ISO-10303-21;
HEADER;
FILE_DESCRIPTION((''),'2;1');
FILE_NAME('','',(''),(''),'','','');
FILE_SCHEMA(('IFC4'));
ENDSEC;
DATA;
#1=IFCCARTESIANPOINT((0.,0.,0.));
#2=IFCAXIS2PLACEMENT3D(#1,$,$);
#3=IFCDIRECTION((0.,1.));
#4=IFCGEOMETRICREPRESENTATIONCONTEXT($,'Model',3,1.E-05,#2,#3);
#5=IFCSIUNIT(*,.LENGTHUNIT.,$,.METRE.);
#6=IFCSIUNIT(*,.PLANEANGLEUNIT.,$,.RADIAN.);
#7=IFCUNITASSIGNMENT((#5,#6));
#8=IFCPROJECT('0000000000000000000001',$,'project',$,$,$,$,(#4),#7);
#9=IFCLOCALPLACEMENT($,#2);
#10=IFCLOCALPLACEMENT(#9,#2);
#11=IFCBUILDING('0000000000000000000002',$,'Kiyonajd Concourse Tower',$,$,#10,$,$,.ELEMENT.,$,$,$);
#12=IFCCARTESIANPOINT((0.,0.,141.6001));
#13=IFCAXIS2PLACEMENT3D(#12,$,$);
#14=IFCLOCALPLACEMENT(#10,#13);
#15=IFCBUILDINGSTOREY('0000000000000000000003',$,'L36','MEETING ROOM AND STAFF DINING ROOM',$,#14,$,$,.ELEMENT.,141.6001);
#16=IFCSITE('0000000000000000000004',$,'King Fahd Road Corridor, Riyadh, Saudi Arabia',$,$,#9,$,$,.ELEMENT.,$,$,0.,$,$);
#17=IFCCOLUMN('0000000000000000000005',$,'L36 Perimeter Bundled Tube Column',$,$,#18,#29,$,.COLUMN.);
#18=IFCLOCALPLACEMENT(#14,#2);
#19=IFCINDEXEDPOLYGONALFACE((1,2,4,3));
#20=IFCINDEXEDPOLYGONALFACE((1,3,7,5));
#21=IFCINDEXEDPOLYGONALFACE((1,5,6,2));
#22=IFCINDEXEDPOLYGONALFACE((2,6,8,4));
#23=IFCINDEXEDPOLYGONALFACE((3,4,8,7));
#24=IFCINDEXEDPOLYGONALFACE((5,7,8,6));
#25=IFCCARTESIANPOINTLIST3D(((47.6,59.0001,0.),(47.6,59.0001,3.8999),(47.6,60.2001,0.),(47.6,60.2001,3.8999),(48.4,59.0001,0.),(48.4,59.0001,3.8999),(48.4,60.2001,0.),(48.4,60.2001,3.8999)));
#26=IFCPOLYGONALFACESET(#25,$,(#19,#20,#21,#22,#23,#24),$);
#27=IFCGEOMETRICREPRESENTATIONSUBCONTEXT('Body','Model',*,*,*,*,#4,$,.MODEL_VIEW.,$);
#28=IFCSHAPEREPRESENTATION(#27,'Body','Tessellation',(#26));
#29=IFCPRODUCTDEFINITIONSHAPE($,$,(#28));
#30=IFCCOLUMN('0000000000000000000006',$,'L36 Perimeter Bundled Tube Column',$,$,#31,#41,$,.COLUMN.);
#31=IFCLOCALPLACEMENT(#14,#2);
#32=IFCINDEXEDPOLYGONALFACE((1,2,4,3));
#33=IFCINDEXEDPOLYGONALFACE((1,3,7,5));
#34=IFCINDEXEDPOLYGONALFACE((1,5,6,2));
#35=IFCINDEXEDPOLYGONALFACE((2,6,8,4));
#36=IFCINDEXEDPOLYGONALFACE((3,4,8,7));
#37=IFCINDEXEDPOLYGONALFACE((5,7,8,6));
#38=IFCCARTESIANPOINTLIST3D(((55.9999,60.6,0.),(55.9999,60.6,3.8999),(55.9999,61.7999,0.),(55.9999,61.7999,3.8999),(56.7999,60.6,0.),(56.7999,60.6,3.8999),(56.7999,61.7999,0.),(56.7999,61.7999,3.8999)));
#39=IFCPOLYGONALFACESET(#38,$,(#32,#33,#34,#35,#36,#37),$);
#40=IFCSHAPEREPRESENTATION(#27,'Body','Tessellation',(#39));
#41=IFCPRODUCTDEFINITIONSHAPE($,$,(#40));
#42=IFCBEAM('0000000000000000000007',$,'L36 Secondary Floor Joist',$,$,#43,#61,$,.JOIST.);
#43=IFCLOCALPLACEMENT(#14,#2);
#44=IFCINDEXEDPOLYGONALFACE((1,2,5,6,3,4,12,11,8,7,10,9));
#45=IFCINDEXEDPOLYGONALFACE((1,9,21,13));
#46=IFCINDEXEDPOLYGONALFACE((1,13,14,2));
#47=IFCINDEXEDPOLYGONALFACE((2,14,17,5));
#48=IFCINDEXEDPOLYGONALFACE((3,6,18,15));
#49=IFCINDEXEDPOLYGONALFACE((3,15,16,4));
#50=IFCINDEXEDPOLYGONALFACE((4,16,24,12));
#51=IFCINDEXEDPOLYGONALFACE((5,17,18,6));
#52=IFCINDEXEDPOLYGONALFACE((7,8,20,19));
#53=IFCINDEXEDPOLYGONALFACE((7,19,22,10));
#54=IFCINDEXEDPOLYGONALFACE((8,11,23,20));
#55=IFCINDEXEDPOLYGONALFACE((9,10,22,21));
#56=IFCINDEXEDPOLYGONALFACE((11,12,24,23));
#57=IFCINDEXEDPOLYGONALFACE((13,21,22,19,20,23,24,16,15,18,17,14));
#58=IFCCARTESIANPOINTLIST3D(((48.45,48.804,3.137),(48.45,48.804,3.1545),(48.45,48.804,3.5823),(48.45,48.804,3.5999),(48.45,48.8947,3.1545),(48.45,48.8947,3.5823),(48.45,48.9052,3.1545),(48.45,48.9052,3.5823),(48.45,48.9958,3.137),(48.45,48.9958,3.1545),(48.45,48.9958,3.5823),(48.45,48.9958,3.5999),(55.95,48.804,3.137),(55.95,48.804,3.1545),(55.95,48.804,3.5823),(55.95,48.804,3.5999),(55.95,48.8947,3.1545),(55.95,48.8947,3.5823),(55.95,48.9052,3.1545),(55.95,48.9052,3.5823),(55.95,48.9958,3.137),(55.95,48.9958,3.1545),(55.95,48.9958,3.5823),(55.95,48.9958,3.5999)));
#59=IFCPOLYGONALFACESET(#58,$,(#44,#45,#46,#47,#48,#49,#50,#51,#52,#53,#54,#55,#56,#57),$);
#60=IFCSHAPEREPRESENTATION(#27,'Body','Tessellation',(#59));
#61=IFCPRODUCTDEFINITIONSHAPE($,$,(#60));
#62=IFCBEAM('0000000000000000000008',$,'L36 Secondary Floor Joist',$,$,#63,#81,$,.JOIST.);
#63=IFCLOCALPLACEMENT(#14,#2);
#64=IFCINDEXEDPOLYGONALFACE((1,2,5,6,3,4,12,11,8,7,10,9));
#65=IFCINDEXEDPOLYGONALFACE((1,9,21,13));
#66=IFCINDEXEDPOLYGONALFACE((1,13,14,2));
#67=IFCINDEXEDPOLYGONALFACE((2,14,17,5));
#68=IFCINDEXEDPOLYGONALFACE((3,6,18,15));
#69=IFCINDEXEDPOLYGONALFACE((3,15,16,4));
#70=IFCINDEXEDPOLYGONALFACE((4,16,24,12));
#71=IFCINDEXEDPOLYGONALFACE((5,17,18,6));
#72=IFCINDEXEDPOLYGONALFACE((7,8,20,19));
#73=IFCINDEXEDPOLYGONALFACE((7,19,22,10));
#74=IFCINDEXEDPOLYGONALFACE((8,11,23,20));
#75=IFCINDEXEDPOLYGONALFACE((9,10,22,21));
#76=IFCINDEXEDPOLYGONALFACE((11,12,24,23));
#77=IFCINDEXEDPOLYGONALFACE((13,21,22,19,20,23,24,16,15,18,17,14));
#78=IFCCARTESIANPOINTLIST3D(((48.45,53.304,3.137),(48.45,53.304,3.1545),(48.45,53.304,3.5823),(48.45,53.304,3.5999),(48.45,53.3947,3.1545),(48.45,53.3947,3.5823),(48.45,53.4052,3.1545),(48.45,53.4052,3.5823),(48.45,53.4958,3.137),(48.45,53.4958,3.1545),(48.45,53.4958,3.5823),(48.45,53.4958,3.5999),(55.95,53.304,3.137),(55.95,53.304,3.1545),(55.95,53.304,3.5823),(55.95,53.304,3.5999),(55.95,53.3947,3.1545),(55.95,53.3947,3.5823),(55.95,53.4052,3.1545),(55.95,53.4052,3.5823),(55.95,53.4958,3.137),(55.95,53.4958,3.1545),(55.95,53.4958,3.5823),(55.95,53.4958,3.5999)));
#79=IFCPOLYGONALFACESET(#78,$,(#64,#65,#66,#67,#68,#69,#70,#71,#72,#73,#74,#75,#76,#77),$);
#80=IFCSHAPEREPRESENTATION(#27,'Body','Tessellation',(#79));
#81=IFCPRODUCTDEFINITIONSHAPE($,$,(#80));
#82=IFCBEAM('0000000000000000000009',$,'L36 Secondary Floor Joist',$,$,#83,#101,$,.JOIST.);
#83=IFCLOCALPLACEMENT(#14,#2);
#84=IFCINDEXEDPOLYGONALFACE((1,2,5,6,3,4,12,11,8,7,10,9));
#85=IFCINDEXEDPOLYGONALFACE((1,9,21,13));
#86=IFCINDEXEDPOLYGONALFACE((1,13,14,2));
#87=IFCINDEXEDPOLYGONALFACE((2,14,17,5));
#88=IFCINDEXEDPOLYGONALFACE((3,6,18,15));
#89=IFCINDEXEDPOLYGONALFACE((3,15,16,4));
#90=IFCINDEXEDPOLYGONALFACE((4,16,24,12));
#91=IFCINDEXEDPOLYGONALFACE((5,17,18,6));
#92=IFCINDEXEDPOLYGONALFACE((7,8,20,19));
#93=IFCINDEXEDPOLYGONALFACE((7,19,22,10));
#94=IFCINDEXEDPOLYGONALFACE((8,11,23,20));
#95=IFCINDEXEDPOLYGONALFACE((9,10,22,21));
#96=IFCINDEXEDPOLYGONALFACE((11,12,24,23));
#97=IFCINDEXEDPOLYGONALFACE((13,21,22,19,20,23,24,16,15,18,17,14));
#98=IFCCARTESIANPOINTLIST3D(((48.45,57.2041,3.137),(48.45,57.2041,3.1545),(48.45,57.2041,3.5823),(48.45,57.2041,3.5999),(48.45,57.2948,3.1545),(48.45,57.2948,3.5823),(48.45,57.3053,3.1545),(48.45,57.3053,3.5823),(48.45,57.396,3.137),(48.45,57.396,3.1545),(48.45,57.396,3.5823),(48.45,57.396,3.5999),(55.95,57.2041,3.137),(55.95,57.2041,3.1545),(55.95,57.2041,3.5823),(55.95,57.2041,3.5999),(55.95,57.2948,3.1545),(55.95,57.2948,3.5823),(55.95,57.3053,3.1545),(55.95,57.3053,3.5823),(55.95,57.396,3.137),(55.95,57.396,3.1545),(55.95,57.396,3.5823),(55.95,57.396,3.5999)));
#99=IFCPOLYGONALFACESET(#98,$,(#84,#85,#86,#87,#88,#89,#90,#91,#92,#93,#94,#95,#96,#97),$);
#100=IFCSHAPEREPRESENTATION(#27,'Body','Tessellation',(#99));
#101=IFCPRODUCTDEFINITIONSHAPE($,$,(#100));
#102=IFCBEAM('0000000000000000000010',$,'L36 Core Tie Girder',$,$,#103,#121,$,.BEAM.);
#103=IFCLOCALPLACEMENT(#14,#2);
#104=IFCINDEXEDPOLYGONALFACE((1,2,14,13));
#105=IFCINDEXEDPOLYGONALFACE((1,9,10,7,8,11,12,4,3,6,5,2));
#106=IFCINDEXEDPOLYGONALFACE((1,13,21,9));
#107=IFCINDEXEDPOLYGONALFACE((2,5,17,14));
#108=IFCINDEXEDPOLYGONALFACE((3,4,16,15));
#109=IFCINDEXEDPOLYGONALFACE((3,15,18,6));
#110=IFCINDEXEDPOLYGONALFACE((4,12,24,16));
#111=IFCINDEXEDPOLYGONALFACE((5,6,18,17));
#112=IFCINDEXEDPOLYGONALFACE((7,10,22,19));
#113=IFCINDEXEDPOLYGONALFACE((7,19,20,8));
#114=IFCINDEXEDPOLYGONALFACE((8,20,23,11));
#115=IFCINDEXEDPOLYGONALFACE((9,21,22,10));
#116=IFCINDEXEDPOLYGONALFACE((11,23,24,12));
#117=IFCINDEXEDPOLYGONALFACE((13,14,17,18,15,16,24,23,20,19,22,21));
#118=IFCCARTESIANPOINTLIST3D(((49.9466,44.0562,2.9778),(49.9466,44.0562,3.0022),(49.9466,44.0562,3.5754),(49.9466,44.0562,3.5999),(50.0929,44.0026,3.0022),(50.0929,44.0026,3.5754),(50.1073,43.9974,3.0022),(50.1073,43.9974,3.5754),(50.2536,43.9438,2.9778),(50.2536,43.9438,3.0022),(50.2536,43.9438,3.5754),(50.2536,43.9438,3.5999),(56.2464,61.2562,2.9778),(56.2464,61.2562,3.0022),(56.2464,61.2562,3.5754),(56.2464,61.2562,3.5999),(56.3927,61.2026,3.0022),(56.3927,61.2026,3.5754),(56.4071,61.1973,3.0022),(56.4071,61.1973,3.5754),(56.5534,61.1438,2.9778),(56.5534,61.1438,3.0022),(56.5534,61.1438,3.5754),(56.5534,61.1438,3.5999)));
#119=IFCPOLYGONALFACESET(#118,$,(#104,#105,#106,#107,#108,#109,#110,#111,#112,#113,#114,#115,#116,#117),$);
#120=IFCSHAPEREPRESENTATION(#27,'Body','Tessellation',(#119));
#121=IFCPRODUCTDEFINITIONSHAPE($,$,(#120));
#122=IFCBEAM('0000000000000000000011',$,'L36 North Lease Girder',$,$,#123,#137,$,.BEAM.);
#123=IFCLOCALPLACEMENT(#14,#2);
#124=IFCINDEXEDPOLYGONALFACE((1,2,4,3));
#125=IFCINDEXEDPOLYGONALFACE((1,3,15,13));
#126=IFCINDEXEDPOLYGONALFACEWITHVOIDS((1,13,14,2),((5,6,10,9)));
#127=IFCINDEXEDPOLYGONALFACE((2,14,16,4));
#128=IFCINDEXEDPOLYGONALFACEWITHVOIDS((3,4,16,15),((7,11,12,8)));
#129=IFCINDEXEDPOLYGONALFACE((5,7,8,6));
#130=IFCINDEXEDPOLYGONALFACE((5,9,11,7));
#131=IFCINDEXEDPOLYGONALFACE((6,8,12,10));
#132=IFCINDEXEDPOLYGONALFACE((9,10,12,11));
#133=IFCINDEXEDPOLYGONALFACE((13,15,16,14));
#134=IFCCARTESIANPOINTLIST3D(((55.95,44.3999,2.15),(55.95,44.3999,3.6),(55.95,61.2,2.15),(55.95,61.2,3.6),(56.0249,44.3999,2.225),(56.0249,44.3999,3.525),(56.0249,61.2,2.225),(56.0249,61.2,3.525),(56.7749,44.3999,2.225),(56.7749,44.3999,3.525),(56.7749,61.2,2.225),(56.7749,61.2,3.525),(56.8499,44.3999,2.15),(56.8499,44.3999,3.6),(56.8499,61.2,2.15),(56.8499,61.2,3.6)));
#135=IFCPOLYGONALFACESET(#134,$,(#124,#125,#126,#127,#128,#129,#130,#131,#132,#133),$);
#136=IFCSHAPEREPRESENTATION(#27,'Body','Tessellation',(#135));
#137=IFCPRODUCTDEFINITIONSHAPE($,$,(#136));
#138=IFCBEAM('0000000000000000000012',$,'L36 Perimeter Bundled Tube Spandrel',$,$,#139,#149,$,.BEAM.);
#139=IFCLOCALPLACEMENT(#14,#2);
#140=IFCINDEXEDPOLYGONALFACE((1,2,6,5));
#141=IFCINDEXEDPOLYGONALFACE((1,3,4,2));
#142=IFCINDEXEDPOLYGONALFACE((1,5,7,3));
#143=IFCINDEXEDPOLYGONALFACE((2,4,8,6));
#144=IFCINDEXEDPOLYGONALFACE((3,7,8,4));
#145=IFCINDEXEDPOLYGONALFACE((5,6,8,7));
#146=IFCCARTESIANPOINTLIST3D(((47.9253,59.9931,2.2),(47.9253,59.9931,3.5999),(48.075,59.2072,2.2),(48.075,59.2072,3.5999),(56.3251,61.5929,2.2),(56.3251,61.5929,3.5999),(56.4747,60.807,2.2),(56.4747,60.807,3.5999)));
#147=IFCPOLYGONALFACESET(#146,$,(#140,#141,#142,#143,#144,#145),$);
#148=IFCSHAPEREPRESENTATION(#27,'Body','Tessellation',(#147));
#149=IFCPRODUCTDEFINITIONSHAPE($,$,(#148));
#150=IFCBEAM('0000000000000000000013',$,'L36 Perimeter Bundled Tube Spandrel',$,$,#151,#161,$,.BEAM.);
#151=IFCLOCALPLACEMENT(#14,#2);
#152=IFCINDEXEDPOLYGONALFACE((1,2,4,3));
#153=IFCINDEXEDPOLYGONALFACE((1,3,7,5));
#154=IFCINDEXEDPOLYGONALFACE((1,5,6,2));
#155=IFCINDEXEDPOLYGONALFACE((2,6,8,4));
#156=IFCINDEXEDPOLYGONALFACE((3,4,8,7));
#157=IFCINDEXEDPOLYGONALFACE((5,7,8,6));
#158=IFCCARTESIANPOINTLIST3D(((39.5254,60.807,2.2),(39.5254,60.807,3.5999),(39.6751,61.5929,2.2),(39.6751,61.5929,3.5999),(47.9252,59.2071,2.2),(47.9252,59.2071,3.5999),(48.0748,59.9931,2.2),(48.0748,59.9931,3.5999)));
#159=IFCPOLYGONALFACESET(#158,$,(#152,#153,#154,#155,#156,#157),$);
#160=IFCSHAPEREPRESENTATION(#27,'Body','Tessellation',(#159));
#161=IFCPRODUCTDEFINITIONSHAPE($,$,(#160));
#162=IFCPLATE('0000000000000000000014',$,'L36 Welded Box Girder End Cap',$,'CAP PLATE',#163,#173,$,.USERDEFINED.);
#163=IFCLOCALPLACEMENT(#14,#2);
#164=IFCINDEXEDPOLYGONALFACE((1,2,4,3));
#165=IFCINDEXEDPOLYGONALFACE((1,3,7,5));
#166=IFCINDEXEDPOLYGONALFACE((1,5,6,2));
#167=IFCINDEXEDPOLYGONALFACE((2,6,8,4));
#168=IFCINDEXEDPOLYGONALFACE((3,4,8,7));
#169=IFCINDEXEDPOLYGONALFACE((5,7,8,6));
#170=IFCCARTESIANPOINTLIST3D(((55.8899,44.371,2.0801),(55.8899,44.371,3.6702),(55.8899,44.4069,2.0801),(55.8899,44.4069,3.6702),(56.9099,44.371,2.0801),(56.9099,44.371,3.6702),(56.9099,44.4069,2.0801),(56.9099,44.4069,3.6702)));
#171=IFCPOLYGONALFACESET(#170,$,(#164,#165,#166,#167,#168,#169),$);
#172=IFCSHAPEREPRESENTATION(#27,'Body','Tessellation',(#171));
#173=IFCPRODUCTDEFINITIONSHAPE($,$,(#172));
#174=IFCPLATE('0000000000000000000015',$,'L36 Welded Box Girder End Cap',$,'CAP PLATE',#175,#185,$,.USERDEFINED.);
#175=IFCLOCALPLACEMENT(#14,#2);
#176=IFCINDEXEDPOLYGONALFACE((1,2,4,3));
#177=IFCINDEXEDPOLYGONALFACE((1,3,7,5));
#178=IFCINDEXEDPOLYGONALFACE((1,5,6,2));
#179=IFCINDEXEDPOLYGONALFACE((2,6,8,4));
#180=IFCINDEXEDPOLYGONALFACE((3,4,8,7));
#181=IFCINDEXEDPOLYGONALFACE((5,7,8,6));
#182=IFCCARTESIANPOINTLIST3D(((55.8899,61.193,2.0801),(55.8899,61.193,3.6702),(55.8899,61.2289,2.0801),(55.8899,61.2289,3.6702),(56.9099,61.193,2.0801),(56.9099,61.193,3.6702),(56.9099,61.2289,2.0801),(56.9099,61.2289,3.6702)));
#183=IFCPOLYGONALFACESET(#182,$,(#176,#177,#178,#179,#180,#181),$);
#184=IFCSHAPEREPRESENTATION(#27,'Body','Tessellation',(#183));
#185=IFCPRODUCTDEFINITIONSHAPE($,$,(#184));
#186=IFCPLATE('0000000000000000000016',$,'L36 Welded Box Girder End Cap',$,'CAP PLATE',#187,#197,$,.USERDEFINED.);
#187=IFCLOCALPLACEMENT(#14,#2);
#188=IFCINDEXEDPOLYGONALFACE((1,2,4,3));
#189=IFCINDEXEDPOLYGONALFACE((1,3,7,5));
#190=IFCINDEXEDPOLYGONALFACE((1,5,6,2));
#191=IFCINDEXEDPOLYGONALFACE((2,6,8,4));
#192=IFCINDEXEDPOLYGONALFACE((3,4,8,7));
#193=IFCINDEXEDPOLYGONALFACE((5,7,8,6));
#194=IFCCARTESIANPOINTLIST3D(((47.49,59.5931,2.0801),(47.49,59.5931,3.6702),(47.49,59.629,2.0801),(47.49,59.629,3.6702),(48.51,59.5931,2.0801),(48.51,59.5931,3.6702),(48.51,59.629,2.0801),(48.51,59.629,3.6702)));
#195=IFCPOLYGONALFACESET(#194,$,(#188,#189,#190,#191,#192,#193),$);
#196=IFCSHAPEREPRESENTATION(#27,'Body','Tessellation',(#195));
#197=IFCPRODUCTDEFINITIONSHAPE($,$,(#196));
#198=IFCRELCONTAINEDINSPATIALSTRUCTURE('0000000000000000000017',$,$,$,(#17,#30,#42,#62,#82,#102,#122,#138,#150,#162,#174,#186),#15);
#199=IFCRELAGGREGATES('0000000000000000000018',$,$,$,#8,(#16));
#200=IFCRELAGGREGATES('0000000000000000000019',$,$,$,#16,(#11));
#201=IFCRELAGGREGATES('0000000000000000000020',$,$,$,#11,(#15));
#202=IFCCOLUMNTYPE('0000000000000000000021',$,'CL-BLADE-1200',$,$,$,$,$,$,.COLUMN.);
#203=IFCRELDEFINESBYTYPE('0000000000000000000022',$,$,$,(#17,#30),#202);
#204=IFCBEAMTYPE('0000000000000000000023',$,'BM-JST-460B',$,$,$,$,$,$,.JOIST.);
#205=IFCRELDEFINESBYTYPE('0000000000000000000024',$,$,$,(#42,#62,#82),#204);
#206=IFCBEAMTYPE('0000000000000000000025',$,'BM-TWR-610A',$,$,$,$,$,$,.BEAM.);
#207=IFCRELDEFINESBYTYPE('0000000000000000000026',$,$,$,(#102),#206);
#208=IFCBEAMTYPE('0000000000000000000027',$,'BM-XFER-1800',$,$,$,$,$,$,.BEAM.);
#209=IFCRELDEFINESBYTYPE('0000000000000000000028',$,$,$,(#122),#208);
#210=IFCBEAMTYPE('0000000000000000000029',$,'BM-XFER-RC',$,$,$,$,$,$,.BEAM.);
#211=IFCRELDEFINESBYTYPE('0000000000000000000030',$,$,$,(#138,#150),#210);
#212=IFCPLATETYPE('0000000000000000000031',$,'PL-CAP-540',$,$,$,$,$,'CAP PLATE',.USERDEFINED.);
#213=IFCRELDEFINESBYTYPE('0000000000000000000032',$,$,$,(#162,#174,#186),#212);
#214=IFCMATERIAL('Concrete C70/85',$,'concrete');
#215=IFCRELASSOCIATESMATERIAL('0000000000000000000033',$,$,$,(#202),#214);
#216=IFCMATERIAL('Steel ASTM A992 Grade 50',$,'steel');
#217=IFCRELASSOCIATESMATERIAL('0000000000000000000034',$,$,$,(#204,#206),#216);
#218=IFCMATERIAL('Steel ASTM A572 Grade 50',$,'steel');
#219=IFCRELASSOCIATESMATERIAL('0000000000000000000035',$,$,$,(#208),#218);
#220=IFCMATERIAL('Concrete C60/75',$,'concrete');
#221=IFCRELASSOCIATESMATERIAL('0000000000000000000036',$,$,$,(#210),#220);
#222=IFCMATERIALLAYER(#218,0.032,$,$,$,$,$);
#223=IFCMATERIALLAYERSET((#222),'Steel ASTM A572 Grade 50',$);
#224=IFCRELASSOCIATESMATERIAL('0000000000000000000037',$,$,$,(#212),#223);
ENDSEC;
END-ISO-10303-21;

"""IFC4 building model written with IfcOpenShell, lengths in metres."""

from ifc_helpers import new_model, si_unit, direction, frame, origin, origin_2d, place, context, subcontext, project, spatial, rectangle, hollow_rectangle, i_section, extrude, material, layer, layer_set, material_profile, profile_set, type_object, element, save


model = new_model("IFC4")

# Units and contexts
model_context = context("Model", 3, precision=1e-05, world=origin(), true_north=direction((0.0, 1.0)))
body_context = subcontext(model_context, "Body", "Model", "MODEL_VIEW")
ifc_project = project(units=[si_unit("LENGTHUNIT", "METRE"), si_unit("PLANEANGLEUNIT", "RADIAN")], contexts=[model_context])

# Site, building, storey
site_placement = place(None, origin())
site = spatial("IfcSite", under=ifc_project, at=site_placement, Name="King Fahd Road Corridor, Riyadh, Saudi Arabia", CompositionType="ELEMENT", RefElevation=0.0)
building_placement = place(site_placement, origin())
building = spatial("IfcBuilding", under=site, at=building_placement, Name="Kiyonajd Concourse Tower", CompositionType="ELEMENT")
storey_placement = place(building_placement, frame((0.0, 0.0, 141.6001)))
storey = spatial("IfcBuildingStorey", under=building, at=storey_placement, Name="L36", Description="MEETING ROOM AND STAFF DINING ROOM", CompositionType="ELEMENT", Elevation=141.6001)

# Columns
ifc_material_1 = material(Name="Concrete C70/85", Category="concrete")
ifc_material_profile_1 = material_profile(ifc_material_1, rectangle(XDim=0.8, YDim=1.2, at=origin_2d()), Name="RC-1200x800")
ifc_profile_set_1 = profile_set([ifc_material_profile_1], Name="Concrete C70/85")
column_type = type_object("IfcColumnType", Name="CL-BLADE-1200", PredefinedType="COLUMN", material=ifc_profile_set_1)
for number, where, z_axis, x_axis, name in (
    (1, (48.0, 59.6001, 0.0), (0.0, 0.0, 1.0), (1.0, 0.0, 0.0), "L36 Perimeter Bundled Tube Column"),
    (2, (56.3999, 61.2, 0.0), (0.0, 0.0, 1.0), (1.0, 0.0, 0.0), "L36 Perimeter Bundled Tube Column"),
):
    element("IfcColumn", number, at=place(storey_placement, frame(where, z_axis=z_axis, x_axis=x_axis)), inside=storey, type_object=column_type, Name=name, PredefinedType="COLUMN", context=body_context, shape_type="SweptSolid", body=[
        extrude(rectangle(XDim=0.8, YDim=1.2, at=origin_2d()), origin(), (0.0, 0.0, 1.0), 3.8999),
    ])

# Beams
ifc_material_2 = material(Name="Steel ASTM A992 Grade 50", Category="steel")
ifc_material_profile_2 = material_profile(ifc_material_2, i_section(OverallWidth=0.1919, OverallDepth=0.4629, WebThickness=0.0105, FlangeThickness=0.0176, at=origin_2d()), Name="W460X89")
ifc_profile_set_2 = profile_set([ifc_material_profile_2], Name="Steel ASTM A992 Grade 50")
beam_type_1 = type_object("IfcBeamType", Name="BM-JST-460B", PredefinedType="JOIST", material=ifc_profile_set_2)
for number, where, z_axis, x_axis, name in (
    (3, (48.45, 48.8999, 3.3684), (1.0, 0.0, 0.0), (0.0, 1.0, 0.0), "L36 Secondary Floor Joist"),
    (4, (48.45, 53.3999, 3.3684), (1.0, 0.0, 0.0), (0.0, 1.0, 0.0), "L36 Secondary Floor Joist"),
    (5, (48.45, 57.3, 3.3684), (1.0, 0.0, 0.0), (0.0, 1.0, 0.0), "L36 Secondary Floor Joist"),
):
    element("IfcBeam", number, at=place(storey_placement, frame(where, z_axis=z_axis, x_axis=x_axis)), inside=storey, type_object=beam_type_1, Name=name, PredefinedType="JOIST", context=body_context, shape_type="SweptSolid", body=[
        extrude(i_section(OverallWidth=0.1919, OverallDepth=0.4629, WebThickness=0.0105, FlangeThickness=0.0176, at=origin_2d()), origin(), (0.0, 0.0, 1.0), 7.5),
    ])
ifc_material_profile_3 = material_profile(ifc_material_2, i_section(OverallWidth=0.3269, OverallDepth=0.6221, WebThickness=0.0154, FlangeThickness=0.0244, at=origin_2d()), Name="W610X195")
ifc_profile_set_3 = profile_set([ifc_material_profile_3], Name="Steel ASTM A992 Grade 50")
beam_type_2 = type_object("IfcBeamType", Name="BM-TWR-610A", PredefinedType="BEAM", material=ifc_profile_set_3)
beam_1_placement = place(storey_placement, frame((50.1001, 44.0, 3.2888), z_axis=(0.343925, 0.938997, 0.0), x_axis=(-0.938997, 0.343925, 0.0)))
element("IfcBeam", 6, at=beam_1_placement, inside=storey, type_object=beam_type_2, Name="L36 Core Tie Girder", PredefinedType="BEAM", context=body_context, shape_type="SweptSolid", body=[
    extrude(i_section(OverallWidth=0.3269, OverallDepth=0.6221, WebThickness=0.0154, FlangeThickness=0.0244, at=origin_2d()), origin(), (0.0, 0.0, 1.0), 18.3174),
])
ifc_material_3 = material(Name="Steel ASTM A572 Grade 50", Category="steel")
ifc_material_profile_4 = material_profile(ifc_material_3, hollow_rectangle(XDim=0.8999, YDim=1.45, WallThickness=0.075, at=origin_2d()), Name="BOX-1450x900x75")
ifc_profile_set_4 = profile_set([ifc_material_profile_4], Name="Steel ASTM A572 Grade 50")
beam_type_3 = type_object("IfcBeamType", Name="BM-XFER-1800", PredefinedType="BEAM", material=ifc_profile_set_4)
beam_2_placement = place(storey_placement, frame((56.3999, 44.3999, 2.875), z_axis=(0.0, 1.0, 0.0), x_axis=(-1.0, 0.0, 0.0)))
element("IfcBeam", 7, at=beam_2_placement, inside=storey, type_object=beam_type_3, Name="L36 North Lease Girder", PredefinedType="BEAM", context=body_context, shape_type="SweptSolid", body=[
    extrude(hollow_rectangle(XDim=0.8999, YDim=1.45, WallThickness=0.075, at=origin_2d()), origin(), (0.0, 0.0, 1.0), 16.8),
])
ifc_material_4 = material(Name="Concrete C60/75", Category="concrete")
ifc_material_profile_5 = material_profile(ifc_material_4, rectangle(XDim=0.8, YDim=1.3999, at=origin_2d()), Name="RCBM-800x1400")
ifc_profile_set_5 = profile_set([ifc_material_profile_5], Name="Concrete C60/75")
beam_type_4 = type_object("IfcBeamType", Name="BM-XFER-RC", PredefinedType="BEAM", material=ifc_profile_set_5)
for number, where, z_axis, x_axis, name in (
    (8, (56.3999, 61.2, 2.8999), (-0.982341, -0.187098, 0.0), (0.187098, -0.982341, 0.0), "L36 Perimeter Bundled Tube Spandrel"),
    (9, (48.0, 59.6001, 2.8999), (-0.982341, 0.187098, 0.0), (-0.187098, -0.982341, 0.0), "L36 Perimeter Bundled Tube Spandrel"),
):
    element("IfcBeam", number, at=place(storey_placement, frame(where, z_axis=z_axis, x_axis=x_axis)), inside=storey, type_object=beam_type_4, Name=name, PredefinedType="BEAM", context=body_context, shape_type="SweptSolid", body=[
        extrude(rectangle(XDim=0.8, YDim=1.3999, at=origin_2d()), origin(), (0.0, 0.0, 1.0), 8.5508),
    ])

# Plates
ifc_layer_1 = layer(ifc_material_3, 0.032)
ifc_layer_set_1 = layer_set([ifc_layer_1], Name="Steel ASTM A572 Grade 50")
plate_type_1 = type_object("IfcPlateType", Name="PL-CAP-540", ElementType="CAP PLATE", PredefinedType="USERDEFINED", material=ifc_layer_set_1)
for number, where, z_axis, x_axis, name in (
    (10, (56.3999, 44.3889, 2.0801), (0.0, 0.0, 1.0), (0.0, -1.0, 0.0), "L36 Welded Box Girder End Cap"),
    (11, (56.3999, 61.2109, 2.0801), (0.0, 0.0, 1.0), (0.0, 1.0, 0.0), "L36 Welded Box Girder End Cap"),
    (12, (48.0, 59.6111, 2.0801), (0.0, 0.0, 1.0), (0.0, 1.0, 0.0), "L36 Welded Box Girder End Cap"),
):
    element("IfcPlate", number, at=place(storey_placement, frame(where, z_axis=z_axis, x_axis=x_axis)), inside=storey, type_object=plate_type_1, Name=name, ObjectType="CAP PLATE", PredefinedType="USERDEFINED", context=body_context, shape_type="SweptSolid", body=[
        extrude(rectangle(XDim=0.0359, YDim=1.02, at=origin_2d()), origin(), (0.0, 0.0, 1.0), 1.5901),
    ])

save(model, "model.ifc")
